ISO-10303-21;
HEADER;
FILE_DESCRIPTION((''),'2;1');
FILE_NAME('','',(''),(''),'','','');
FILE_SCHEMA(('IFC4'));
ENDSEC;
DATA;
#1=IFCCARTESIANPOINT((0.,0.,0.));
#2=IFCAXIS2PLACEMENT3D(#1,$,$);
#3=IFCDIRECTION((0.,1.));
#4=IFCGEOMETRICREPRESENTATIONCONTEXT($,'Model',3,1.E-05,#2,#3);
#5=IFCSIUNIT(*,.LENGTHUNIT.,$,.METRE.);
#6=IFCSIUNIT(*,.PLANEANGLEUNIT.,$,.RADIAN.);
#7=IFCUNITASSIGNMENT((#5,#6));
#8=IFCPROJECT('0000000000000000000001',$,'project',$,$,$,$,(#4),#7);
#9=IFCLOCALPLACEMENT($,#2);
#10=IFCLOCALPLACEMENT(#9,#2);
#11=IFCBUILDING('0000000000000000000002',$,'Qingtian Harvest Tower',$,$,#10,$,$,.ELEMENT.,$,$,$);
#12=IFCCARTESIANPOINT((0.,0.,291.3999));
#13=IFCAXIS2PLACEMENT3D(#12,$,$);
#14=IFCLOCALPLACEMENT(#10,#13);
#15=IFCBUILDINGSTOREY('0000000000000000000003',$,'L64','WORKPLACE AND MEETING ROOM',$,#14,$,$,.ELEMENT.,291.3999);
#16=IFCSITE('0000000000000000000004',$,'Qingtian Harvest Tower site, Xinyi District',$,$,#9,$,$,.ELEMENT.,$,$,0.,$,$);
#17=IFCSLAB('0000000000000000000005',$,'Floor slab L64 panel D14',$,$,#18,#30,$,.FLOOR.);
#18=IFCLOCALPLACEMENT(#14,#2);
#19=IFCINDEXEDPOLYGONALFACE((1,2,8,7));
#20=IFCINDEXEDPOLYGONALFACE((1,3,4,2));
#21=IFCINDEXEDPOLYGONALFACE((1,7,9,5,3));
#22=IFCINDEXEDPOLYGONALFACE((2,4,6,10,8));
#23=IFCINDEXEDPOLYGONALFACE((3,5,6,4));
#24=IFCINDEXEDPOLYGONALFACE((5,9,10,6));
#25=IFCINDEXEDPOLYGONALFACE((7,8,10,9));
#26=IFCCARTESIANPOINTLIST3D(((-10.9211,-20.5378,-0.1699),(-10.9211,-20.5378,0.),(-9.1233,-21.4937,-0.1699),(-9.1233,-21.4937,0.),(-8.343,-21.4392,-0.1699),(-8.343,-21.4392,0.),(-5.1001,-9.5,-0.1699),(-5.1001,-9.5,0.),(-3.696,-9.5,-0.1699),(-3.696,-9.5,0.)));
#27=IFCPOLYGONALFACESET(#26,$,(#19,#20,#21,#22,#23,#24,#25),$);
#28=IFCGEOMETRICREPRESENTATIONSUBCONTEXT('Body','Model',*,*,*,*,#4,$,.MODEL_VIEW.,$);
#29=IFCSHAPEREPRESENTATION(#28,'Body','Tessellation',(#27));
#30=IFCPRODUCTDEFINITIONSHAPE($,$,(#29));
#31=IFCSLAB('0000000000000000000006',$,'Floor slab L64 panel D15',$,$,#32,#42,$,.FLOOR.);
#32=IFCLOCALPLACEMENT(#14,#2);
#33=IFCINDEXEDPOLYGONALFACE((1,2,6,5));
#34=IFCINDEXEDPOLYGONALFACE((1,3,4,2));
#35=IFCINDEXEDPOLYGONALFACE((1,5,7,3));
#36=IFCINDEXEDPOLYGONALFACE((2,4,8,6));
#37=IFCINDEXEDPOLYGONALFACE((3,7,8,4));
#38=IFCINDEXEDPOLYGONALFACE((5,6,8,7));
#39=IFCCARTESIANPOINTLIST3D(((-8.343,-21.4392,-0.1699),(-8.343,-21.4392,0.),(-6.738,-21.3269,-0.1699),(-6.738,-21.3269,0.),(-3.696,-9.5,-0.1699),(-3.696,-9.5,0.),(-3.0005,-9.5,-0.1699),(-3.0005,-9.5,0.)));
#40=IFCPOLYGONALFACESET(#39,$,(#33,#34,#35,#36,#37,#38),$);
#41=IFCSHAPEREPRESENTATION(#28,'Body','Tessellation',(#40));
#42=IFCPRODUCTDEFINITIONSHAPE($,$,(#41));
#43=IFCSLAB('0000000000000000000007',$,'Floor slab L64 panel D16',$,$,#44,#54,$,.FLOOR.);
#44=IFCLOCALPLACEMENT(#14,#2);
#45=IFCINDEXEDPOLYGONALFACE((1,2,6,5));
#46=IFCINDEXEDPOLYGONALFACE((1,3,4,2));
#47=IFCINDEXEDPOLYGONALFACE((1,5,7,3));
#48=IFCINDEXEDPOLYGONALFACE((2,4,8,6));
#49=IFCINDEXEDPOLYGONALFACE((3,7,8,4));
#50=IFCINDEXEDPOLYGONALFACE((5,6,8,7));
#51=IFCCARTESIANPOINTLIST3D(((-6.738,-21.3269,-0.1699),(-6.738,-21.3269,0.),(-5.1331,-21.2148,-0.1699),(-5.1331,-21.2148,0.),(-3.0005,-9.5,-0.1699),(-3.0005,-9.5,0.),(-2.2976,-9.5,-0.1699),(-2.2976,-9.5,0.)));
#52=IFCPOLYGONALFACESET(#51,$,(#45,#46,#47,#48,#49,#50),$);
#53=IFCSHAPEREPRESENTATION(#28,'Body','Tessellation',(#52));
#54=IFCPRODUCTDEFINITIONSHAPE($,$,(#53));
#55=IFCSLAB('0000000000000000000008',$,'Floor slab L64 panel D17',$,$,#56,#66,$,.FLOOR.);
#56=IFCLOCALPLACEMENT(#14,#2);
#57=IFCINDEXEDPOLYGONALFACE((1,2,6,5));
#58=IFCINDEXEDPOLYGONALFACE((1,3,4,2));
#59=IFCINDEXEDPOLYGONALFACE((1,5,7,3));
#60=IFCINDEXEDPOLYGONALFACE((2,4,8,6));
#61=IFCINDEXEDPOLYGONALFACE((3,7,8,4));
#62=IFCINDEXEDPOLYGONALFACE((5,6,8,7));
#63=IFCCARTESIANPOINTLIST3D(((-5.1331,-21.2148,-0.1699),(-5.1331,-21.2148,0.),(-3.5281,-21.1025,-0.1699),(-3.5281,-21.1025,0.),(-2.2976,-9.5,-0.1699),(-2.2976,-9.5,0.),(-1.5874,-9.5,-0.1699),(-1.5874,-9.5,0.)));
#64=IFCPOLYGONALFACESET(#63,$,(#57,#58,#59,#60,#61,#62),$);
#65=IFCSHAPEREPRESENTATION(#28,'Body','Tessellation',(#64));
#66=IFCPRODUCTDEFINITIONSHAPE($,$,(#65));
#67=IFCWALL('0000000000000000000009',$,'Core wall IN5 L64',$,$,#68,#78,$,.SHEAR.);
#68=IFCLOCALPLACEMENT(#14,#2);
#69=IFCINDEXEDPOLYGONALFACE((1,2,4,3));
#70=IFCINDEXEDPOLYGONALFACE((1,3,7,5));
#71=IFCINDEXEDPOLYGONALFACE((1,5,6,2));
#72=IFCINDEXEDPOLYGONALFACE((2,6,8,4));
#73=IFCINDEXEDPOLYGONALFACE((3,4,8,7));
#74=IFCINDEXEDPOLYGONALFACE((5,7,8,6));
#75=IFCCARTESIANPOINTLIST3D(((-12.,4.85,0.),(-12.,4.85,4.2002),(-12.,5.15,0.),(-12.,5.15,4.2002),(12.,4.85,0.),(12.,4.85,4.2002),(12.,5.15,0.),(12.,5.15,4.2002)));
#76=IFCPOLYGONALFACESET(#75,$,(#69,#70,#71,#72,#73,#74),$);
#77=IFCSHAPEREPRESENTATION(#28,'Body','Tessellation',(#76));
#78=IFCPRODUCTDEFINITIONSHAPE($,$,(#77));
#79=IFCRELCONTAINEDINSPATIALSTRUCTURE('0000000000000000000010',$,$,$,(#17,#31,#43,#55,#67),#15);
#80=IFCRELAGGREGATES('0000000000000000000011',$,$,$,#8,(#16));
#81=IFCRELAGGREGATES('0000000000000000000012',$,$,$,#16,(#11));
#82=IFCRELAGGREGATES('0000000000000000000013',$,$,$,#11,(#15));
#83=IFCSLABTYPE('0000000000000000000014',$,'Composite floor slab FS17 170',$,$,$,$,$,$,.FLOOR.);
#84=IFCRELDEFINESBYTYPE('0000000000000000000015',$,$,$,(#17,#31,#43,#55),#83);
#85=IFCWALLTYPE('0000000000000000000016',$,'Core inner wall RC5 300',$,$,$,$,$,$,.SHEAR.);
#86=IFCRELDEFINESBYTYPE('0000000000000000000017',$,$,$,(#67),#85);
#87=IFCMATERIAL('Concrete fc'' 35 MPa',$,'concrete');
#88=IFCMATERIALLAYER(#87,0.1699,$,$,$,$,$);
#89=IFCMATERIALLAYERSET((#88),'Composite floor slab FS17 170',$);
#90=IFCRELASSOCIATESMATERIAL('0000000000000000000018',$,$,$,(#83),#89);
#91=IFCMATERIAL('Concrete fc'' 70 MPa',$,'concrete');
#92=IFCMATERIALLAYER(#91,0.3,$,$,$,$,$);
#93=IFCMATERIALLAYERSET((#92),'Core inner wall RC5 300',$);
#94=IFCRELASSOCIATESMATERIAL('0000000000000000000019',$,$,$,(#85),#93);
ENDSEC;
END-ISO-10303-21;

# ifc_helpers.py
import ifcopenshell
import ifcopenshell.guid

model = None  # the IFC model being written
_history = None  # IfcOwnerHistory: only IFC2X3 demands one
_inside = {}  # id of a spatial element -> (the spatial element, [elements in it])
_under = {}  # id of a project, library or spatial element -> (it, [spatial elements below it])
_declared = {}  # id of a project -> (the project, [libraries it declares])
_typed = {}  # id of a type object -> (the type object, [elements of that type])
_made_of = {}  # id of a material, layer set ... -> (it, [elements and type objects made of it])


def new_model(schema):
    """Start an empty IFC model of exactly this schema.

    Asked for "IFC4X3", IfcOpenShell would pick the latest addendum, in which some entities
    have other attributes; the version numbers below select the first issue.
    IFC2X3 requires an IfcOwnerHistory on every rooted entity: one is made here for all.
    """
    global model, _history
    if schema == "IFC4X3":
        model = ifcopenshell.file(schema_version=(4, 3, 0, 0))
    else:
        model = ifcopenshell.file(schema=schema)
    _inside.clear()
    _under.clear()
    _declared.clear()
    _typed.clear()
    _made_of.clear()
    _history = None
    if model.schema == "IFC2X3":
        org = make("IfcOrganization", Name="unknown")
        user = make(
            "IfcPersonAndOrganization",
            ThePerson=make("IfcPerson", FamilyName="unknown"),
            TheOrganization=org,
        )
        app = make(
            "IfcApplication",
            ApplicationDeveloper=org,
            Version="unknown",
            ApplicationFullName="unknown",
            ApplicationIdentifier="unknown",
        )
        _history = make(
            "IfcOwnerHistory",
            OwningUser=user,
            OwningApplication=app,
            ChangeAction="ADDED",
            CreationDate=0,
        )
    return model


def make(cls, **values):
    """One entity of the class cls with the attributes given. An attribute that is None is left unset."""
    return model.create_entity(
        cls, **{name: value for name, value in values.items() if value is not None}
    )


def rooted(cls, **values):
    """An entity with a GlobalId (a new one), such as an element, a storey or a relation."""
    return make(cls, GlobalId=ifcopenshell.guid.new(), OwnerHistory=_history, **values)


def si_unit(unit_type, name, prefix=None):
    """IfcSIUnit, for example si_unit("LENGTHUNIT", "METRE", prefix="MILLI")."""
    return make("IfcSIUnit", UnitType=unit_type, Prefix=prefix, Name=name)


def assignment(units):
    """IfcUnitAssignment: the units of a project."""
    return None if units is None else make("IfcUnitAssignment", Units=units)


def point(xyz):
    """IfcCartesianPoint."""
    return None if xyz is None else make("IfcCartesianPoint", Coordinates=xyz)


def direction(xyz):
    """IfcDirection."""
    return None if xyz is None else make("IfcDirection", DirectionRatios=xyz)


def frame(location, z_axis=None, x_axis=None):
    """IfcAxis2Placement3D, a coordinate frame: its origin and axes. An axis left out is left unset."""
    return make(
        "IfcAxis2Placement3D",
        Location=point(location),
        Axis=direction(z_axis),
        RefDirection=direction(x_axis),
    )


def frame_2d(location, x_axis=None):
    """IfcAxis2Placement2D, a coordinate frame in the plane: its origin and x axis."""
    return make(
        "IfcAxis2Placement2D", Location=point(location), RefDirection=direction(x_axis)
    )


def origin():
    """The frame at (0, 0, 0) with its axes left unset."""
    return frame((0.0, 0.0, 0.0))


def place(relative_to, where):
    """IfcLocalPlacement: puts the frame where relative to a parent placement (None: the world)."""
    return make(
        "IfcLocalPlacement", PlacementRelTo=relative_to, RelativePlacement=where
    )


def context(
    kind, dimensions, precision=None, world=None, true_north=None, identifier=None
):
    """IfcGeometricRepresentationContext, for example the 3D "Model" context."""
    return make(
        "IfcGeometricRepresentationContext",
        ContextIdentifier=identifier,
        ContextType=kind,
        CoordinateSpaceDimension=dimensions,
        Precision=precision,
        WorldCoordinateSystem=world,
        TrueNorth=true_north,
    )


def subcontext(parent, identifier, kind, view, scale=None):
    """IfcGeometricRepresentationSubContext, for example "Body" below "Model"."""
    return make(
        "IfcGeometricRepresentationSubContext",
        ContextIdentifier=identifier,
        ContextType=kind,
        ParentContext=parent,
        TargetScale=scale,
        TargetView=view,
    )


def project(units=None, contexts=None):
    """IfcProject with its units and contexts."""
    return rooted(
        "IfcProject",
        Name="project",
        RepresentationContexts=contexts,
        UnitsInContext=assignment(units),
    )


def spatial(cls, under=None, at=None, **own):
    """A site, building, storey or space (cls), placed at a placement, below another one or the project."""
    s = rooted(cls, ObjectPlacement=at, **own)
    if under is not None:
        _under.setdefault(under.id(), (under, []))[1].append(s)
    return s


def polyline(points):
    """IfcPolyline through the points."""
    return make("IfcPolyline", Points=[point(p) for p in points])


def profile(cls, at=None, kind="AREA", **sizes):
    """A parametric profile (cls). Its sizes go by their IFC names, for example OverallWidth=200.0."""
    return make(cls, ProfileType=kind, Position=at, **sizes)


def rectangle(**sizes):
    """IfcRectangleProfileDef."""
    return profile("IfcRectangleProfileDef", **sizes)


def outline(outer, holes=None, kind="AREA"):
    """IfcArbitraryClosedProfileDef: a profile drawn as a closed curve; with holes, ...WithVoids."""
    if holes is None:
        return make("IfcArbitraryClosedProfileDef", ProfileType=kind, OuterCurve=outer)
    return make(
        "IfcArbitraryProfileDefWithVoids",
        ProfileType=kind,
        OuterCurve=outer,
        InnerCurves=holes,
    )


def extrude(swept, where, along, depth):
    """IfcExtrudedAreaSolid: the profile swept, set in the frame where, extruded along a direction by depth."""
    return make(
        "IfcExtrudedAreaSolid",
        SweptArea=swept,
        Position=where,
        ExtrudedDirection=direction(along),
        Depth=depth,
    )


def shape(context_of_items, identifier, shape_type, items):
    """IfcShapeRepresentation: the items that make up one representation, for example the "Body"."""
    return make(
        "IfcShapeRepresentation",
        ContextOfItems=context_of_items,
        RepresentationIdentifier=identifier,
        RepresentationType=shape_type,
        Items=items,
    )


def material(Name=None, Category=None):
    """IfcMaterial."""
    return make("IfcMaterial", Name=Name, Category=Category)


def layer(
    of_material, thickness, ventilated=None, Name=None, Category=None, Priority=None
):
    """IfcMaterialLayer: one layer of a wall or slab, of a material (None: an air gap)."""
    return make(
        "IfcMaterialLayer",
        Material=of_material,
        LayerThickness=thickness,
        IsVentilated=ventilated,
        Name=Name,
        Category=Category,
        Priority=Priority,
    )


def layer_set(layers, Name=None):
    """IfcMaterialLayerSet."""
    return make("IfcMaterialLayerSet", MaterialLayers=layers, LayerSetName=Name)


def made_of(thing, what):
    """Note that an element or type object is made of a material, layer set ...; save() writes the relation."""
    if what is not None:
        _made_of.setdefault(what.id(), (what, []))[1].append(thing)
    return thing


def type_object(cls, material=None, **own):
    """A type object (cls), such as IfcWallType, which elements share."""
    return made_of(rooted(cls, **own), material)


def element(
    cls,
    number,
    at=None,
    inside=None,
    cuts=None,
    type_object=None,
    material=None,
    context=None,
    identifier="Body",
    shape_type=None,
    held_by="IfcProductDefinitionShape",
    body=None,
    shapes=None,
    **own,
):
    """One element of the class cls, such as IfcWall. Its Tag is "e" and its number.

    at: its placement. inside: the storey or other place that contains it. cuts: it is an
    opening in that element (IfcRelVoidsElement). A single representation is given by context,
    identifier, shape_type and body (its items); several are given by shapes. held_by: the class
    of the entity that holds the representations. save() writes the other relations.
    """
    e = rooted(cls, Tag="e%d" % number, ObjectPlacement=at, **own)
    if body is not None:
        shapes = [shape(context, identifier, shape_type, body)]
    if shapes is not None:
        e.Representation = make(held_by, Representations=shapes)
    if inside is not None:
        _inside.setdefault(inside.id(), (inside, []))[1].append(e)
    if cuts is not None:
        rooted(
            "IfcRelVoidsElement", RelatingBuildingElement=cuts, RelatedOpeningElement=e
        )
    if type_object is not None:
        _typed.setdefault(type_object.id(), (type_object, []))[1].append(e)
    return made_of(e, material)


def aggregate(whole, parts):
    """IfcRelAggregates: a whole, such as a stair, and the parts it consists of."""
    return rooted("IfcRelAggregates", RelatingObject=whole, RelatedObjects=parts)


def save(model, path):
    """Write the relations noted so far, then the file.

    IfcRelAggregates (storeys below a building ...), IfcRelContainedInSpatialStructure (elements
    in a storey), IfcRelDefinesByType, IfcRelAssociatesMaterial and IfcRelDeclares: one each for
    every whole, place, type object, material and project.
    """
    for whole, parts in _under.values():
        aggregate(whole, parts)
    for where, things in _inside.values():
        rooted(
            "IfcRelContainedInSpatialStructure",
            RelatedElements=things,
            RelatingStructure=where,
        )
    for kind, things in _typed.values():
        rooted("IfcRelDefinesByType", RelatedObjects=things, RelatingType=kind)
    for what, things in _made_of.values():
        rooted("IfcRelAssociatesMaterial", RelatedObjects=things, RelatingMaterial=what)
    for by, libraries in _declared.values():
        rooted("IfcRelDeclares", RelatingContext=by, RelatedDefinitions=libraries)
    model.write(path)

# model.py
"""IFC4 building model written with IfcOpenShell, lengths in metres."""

from ifc_helpers import new_model, si_unit, direction, frame, frame_2d, origin, place, context, subcontext, project, spatial, polyline, rectangle, outline, extrude, material, layer, layer_set, type_object, element, save


model = new_model("IFC4")

# Units and contexts
model_context = context("Model", 3, precision=1e-05, world=origin(), true_north=direction((0.0, 1.0)))
body_context = subcontext(model_context, "Body", "Model", "MODEL_VIEW")
ifc_project = project(units=[si_unit("LENGTHUNIT", "METRE"), si_unit("PLANEANGLEUNIT", "RADIAN")], contexts=[model_context])

# Site, building, storey
site_placement = place(None, origin())
site = spatial("IfcSite", under=ifc_project, at=site_placement, Name="Qingtian Harvest Tower site, Xinyi District", CompositionType="ELEMENT", RefElevation=0.0)
building_placement = place(site_placement, origin())
building = spatial("IfcBuilding", under=site, at=building_placement, Name="Qingtian Harvest Tower", CompositionType="ELEMENT")
storey_placement = place(building_placement, frame((0.0, 0.0, 291.3999)))
storey = spatial("IfcBuildingStorey", under=building, at=storey_placement, Name="L64", Description="WORKPLACE AND MEETING ROOM", CompositionType="ELEMENT", Elevation=291.3999)

# Slabs
ifc_material_1 = material(Name="Concrete fc' 35 MPa", Category="concrete")
ifc_layer_1 = layer(ifc_material_1, 0.1699)
ifc_layer_set_1 = layer_set([ifc_layer_1], Name="Composite floor slab FS17 170")
slab_type = type_object("IfcSlabType", Name="Composite floor slab FS17 170", PredefinedType="FLOOR", material=ifc_layer_set_1)
slab_1_placement = place(storey_placement, frame((0.0, 0.0, -0.1699)))
element("IfcSlab", 1, at=slab_1_placement, inside=storey, type_object=slab_type, Name="Floor slab L64 panel D14", PredefinedType="FLOOR", context=body_context, shape_type="SweptSolid", body=[
    extrude(outline(polyline([(-5.1001, -9.5), (-3.696, -9.5), (-8.343, -21.4392), (-9.1233, -21.4937), (-10.9211, -20.5378), (-5.1001, -9.5)])), origin(), (0.0, 0.0, 1.0), 0.1699),
])
slab_2_placement = place(storey_placement, frame((0.0, 0.0, -0.1699)))
element("IfcSlab", 2, at=slab_2_placement, inside=storey, type_object=slab_type, Name="Floor slab L64 panel D15", PredefinedType="FLOOR", context=body_context, shape_type="SweptSolid", body=[
    extrude(outline(polyline([(-3.0005, -9.5), (-6.738, -21.3269), (-8.343, -21.4392), (-3.696, -9.5), (-3.0005, -9.5)])), origin(), (0.0, 0.0, 1.0), 0.1699),
])
slab_3_placement = place(storey_placement, frame((0.0, 0.0, -0.1699)))
element("IfcSlab", 3, at=slab_3_placement, inside=storey, type_object=slab_type, Name="Floor slab L64 panel D16", PredefinedType="FLOOR", context=body_context, shape_type="SweptSolid", body=[
    extrude(outline(polyline([(-2.2976, -9.5), (-5.1331, -21.2148), (-6.738, -21.3269), (-3.0005, -9.5), (-2.2976, -9.5)])), origin(), (0.0, 0.0, 1.0), 0.1699),
])
slab_4_placement = place(storey_placement, frame((0.0, 0.0, -0.1699)))
element("IfcSlab", 4, at=slab_4_placement, inside=storey, type_object=slab_type, Name="Floor slab L64 panel D17", PredefinedType="FLOOR", context=body_context, shape_type="SweptSolid", body=[
    extrude(outline(polyline([(-1.5874, -9.5), (-3.5281, -21.1025), (-5.1331, -21.2148), (-2.2976, -9.5), (-1.5874, -9.5)])), origin(), (0.0, 0.0, 1.0), 0.1699),
])

# Wall
ifc_material_2 = material(Name="Concrete fc' 70 MPa", Category="concrete")
ifc_layer_2 = layer(ifc_material_2, 0.3)
ifc_layer_set_2 = layer_set([ifc_layer_2], Name="Core inner wall RC5 300")
wall_type_1 = type_object("IfcWallType", Name="Core inner wall RC5 300", PredefinedType="SHEAR", material=ifc_layer_set_2)
wall_1_placement = place(storey_placement, frame((-12.0, 5.0, 0.0), z_axis=(0.0, 0.0, 1.0), x_axis=(1.0, 0.0, 0.0)))
element("IfcWall", 5, at=wall_1_placement, inside=storey, type_object=wall_type_1, Name="Core wall IN5 L64", PredefinedType="SHEAR", context=body_context, shape_type="SweptSolid", body=[
    extrude(rectangle(XDim=24.0, YDim=0.3, at=frame_2d((12.0, 0.0))), origin(), (0.0, 0.0, 1.0), 4.2002),
])

save(model, "model.ifc")
